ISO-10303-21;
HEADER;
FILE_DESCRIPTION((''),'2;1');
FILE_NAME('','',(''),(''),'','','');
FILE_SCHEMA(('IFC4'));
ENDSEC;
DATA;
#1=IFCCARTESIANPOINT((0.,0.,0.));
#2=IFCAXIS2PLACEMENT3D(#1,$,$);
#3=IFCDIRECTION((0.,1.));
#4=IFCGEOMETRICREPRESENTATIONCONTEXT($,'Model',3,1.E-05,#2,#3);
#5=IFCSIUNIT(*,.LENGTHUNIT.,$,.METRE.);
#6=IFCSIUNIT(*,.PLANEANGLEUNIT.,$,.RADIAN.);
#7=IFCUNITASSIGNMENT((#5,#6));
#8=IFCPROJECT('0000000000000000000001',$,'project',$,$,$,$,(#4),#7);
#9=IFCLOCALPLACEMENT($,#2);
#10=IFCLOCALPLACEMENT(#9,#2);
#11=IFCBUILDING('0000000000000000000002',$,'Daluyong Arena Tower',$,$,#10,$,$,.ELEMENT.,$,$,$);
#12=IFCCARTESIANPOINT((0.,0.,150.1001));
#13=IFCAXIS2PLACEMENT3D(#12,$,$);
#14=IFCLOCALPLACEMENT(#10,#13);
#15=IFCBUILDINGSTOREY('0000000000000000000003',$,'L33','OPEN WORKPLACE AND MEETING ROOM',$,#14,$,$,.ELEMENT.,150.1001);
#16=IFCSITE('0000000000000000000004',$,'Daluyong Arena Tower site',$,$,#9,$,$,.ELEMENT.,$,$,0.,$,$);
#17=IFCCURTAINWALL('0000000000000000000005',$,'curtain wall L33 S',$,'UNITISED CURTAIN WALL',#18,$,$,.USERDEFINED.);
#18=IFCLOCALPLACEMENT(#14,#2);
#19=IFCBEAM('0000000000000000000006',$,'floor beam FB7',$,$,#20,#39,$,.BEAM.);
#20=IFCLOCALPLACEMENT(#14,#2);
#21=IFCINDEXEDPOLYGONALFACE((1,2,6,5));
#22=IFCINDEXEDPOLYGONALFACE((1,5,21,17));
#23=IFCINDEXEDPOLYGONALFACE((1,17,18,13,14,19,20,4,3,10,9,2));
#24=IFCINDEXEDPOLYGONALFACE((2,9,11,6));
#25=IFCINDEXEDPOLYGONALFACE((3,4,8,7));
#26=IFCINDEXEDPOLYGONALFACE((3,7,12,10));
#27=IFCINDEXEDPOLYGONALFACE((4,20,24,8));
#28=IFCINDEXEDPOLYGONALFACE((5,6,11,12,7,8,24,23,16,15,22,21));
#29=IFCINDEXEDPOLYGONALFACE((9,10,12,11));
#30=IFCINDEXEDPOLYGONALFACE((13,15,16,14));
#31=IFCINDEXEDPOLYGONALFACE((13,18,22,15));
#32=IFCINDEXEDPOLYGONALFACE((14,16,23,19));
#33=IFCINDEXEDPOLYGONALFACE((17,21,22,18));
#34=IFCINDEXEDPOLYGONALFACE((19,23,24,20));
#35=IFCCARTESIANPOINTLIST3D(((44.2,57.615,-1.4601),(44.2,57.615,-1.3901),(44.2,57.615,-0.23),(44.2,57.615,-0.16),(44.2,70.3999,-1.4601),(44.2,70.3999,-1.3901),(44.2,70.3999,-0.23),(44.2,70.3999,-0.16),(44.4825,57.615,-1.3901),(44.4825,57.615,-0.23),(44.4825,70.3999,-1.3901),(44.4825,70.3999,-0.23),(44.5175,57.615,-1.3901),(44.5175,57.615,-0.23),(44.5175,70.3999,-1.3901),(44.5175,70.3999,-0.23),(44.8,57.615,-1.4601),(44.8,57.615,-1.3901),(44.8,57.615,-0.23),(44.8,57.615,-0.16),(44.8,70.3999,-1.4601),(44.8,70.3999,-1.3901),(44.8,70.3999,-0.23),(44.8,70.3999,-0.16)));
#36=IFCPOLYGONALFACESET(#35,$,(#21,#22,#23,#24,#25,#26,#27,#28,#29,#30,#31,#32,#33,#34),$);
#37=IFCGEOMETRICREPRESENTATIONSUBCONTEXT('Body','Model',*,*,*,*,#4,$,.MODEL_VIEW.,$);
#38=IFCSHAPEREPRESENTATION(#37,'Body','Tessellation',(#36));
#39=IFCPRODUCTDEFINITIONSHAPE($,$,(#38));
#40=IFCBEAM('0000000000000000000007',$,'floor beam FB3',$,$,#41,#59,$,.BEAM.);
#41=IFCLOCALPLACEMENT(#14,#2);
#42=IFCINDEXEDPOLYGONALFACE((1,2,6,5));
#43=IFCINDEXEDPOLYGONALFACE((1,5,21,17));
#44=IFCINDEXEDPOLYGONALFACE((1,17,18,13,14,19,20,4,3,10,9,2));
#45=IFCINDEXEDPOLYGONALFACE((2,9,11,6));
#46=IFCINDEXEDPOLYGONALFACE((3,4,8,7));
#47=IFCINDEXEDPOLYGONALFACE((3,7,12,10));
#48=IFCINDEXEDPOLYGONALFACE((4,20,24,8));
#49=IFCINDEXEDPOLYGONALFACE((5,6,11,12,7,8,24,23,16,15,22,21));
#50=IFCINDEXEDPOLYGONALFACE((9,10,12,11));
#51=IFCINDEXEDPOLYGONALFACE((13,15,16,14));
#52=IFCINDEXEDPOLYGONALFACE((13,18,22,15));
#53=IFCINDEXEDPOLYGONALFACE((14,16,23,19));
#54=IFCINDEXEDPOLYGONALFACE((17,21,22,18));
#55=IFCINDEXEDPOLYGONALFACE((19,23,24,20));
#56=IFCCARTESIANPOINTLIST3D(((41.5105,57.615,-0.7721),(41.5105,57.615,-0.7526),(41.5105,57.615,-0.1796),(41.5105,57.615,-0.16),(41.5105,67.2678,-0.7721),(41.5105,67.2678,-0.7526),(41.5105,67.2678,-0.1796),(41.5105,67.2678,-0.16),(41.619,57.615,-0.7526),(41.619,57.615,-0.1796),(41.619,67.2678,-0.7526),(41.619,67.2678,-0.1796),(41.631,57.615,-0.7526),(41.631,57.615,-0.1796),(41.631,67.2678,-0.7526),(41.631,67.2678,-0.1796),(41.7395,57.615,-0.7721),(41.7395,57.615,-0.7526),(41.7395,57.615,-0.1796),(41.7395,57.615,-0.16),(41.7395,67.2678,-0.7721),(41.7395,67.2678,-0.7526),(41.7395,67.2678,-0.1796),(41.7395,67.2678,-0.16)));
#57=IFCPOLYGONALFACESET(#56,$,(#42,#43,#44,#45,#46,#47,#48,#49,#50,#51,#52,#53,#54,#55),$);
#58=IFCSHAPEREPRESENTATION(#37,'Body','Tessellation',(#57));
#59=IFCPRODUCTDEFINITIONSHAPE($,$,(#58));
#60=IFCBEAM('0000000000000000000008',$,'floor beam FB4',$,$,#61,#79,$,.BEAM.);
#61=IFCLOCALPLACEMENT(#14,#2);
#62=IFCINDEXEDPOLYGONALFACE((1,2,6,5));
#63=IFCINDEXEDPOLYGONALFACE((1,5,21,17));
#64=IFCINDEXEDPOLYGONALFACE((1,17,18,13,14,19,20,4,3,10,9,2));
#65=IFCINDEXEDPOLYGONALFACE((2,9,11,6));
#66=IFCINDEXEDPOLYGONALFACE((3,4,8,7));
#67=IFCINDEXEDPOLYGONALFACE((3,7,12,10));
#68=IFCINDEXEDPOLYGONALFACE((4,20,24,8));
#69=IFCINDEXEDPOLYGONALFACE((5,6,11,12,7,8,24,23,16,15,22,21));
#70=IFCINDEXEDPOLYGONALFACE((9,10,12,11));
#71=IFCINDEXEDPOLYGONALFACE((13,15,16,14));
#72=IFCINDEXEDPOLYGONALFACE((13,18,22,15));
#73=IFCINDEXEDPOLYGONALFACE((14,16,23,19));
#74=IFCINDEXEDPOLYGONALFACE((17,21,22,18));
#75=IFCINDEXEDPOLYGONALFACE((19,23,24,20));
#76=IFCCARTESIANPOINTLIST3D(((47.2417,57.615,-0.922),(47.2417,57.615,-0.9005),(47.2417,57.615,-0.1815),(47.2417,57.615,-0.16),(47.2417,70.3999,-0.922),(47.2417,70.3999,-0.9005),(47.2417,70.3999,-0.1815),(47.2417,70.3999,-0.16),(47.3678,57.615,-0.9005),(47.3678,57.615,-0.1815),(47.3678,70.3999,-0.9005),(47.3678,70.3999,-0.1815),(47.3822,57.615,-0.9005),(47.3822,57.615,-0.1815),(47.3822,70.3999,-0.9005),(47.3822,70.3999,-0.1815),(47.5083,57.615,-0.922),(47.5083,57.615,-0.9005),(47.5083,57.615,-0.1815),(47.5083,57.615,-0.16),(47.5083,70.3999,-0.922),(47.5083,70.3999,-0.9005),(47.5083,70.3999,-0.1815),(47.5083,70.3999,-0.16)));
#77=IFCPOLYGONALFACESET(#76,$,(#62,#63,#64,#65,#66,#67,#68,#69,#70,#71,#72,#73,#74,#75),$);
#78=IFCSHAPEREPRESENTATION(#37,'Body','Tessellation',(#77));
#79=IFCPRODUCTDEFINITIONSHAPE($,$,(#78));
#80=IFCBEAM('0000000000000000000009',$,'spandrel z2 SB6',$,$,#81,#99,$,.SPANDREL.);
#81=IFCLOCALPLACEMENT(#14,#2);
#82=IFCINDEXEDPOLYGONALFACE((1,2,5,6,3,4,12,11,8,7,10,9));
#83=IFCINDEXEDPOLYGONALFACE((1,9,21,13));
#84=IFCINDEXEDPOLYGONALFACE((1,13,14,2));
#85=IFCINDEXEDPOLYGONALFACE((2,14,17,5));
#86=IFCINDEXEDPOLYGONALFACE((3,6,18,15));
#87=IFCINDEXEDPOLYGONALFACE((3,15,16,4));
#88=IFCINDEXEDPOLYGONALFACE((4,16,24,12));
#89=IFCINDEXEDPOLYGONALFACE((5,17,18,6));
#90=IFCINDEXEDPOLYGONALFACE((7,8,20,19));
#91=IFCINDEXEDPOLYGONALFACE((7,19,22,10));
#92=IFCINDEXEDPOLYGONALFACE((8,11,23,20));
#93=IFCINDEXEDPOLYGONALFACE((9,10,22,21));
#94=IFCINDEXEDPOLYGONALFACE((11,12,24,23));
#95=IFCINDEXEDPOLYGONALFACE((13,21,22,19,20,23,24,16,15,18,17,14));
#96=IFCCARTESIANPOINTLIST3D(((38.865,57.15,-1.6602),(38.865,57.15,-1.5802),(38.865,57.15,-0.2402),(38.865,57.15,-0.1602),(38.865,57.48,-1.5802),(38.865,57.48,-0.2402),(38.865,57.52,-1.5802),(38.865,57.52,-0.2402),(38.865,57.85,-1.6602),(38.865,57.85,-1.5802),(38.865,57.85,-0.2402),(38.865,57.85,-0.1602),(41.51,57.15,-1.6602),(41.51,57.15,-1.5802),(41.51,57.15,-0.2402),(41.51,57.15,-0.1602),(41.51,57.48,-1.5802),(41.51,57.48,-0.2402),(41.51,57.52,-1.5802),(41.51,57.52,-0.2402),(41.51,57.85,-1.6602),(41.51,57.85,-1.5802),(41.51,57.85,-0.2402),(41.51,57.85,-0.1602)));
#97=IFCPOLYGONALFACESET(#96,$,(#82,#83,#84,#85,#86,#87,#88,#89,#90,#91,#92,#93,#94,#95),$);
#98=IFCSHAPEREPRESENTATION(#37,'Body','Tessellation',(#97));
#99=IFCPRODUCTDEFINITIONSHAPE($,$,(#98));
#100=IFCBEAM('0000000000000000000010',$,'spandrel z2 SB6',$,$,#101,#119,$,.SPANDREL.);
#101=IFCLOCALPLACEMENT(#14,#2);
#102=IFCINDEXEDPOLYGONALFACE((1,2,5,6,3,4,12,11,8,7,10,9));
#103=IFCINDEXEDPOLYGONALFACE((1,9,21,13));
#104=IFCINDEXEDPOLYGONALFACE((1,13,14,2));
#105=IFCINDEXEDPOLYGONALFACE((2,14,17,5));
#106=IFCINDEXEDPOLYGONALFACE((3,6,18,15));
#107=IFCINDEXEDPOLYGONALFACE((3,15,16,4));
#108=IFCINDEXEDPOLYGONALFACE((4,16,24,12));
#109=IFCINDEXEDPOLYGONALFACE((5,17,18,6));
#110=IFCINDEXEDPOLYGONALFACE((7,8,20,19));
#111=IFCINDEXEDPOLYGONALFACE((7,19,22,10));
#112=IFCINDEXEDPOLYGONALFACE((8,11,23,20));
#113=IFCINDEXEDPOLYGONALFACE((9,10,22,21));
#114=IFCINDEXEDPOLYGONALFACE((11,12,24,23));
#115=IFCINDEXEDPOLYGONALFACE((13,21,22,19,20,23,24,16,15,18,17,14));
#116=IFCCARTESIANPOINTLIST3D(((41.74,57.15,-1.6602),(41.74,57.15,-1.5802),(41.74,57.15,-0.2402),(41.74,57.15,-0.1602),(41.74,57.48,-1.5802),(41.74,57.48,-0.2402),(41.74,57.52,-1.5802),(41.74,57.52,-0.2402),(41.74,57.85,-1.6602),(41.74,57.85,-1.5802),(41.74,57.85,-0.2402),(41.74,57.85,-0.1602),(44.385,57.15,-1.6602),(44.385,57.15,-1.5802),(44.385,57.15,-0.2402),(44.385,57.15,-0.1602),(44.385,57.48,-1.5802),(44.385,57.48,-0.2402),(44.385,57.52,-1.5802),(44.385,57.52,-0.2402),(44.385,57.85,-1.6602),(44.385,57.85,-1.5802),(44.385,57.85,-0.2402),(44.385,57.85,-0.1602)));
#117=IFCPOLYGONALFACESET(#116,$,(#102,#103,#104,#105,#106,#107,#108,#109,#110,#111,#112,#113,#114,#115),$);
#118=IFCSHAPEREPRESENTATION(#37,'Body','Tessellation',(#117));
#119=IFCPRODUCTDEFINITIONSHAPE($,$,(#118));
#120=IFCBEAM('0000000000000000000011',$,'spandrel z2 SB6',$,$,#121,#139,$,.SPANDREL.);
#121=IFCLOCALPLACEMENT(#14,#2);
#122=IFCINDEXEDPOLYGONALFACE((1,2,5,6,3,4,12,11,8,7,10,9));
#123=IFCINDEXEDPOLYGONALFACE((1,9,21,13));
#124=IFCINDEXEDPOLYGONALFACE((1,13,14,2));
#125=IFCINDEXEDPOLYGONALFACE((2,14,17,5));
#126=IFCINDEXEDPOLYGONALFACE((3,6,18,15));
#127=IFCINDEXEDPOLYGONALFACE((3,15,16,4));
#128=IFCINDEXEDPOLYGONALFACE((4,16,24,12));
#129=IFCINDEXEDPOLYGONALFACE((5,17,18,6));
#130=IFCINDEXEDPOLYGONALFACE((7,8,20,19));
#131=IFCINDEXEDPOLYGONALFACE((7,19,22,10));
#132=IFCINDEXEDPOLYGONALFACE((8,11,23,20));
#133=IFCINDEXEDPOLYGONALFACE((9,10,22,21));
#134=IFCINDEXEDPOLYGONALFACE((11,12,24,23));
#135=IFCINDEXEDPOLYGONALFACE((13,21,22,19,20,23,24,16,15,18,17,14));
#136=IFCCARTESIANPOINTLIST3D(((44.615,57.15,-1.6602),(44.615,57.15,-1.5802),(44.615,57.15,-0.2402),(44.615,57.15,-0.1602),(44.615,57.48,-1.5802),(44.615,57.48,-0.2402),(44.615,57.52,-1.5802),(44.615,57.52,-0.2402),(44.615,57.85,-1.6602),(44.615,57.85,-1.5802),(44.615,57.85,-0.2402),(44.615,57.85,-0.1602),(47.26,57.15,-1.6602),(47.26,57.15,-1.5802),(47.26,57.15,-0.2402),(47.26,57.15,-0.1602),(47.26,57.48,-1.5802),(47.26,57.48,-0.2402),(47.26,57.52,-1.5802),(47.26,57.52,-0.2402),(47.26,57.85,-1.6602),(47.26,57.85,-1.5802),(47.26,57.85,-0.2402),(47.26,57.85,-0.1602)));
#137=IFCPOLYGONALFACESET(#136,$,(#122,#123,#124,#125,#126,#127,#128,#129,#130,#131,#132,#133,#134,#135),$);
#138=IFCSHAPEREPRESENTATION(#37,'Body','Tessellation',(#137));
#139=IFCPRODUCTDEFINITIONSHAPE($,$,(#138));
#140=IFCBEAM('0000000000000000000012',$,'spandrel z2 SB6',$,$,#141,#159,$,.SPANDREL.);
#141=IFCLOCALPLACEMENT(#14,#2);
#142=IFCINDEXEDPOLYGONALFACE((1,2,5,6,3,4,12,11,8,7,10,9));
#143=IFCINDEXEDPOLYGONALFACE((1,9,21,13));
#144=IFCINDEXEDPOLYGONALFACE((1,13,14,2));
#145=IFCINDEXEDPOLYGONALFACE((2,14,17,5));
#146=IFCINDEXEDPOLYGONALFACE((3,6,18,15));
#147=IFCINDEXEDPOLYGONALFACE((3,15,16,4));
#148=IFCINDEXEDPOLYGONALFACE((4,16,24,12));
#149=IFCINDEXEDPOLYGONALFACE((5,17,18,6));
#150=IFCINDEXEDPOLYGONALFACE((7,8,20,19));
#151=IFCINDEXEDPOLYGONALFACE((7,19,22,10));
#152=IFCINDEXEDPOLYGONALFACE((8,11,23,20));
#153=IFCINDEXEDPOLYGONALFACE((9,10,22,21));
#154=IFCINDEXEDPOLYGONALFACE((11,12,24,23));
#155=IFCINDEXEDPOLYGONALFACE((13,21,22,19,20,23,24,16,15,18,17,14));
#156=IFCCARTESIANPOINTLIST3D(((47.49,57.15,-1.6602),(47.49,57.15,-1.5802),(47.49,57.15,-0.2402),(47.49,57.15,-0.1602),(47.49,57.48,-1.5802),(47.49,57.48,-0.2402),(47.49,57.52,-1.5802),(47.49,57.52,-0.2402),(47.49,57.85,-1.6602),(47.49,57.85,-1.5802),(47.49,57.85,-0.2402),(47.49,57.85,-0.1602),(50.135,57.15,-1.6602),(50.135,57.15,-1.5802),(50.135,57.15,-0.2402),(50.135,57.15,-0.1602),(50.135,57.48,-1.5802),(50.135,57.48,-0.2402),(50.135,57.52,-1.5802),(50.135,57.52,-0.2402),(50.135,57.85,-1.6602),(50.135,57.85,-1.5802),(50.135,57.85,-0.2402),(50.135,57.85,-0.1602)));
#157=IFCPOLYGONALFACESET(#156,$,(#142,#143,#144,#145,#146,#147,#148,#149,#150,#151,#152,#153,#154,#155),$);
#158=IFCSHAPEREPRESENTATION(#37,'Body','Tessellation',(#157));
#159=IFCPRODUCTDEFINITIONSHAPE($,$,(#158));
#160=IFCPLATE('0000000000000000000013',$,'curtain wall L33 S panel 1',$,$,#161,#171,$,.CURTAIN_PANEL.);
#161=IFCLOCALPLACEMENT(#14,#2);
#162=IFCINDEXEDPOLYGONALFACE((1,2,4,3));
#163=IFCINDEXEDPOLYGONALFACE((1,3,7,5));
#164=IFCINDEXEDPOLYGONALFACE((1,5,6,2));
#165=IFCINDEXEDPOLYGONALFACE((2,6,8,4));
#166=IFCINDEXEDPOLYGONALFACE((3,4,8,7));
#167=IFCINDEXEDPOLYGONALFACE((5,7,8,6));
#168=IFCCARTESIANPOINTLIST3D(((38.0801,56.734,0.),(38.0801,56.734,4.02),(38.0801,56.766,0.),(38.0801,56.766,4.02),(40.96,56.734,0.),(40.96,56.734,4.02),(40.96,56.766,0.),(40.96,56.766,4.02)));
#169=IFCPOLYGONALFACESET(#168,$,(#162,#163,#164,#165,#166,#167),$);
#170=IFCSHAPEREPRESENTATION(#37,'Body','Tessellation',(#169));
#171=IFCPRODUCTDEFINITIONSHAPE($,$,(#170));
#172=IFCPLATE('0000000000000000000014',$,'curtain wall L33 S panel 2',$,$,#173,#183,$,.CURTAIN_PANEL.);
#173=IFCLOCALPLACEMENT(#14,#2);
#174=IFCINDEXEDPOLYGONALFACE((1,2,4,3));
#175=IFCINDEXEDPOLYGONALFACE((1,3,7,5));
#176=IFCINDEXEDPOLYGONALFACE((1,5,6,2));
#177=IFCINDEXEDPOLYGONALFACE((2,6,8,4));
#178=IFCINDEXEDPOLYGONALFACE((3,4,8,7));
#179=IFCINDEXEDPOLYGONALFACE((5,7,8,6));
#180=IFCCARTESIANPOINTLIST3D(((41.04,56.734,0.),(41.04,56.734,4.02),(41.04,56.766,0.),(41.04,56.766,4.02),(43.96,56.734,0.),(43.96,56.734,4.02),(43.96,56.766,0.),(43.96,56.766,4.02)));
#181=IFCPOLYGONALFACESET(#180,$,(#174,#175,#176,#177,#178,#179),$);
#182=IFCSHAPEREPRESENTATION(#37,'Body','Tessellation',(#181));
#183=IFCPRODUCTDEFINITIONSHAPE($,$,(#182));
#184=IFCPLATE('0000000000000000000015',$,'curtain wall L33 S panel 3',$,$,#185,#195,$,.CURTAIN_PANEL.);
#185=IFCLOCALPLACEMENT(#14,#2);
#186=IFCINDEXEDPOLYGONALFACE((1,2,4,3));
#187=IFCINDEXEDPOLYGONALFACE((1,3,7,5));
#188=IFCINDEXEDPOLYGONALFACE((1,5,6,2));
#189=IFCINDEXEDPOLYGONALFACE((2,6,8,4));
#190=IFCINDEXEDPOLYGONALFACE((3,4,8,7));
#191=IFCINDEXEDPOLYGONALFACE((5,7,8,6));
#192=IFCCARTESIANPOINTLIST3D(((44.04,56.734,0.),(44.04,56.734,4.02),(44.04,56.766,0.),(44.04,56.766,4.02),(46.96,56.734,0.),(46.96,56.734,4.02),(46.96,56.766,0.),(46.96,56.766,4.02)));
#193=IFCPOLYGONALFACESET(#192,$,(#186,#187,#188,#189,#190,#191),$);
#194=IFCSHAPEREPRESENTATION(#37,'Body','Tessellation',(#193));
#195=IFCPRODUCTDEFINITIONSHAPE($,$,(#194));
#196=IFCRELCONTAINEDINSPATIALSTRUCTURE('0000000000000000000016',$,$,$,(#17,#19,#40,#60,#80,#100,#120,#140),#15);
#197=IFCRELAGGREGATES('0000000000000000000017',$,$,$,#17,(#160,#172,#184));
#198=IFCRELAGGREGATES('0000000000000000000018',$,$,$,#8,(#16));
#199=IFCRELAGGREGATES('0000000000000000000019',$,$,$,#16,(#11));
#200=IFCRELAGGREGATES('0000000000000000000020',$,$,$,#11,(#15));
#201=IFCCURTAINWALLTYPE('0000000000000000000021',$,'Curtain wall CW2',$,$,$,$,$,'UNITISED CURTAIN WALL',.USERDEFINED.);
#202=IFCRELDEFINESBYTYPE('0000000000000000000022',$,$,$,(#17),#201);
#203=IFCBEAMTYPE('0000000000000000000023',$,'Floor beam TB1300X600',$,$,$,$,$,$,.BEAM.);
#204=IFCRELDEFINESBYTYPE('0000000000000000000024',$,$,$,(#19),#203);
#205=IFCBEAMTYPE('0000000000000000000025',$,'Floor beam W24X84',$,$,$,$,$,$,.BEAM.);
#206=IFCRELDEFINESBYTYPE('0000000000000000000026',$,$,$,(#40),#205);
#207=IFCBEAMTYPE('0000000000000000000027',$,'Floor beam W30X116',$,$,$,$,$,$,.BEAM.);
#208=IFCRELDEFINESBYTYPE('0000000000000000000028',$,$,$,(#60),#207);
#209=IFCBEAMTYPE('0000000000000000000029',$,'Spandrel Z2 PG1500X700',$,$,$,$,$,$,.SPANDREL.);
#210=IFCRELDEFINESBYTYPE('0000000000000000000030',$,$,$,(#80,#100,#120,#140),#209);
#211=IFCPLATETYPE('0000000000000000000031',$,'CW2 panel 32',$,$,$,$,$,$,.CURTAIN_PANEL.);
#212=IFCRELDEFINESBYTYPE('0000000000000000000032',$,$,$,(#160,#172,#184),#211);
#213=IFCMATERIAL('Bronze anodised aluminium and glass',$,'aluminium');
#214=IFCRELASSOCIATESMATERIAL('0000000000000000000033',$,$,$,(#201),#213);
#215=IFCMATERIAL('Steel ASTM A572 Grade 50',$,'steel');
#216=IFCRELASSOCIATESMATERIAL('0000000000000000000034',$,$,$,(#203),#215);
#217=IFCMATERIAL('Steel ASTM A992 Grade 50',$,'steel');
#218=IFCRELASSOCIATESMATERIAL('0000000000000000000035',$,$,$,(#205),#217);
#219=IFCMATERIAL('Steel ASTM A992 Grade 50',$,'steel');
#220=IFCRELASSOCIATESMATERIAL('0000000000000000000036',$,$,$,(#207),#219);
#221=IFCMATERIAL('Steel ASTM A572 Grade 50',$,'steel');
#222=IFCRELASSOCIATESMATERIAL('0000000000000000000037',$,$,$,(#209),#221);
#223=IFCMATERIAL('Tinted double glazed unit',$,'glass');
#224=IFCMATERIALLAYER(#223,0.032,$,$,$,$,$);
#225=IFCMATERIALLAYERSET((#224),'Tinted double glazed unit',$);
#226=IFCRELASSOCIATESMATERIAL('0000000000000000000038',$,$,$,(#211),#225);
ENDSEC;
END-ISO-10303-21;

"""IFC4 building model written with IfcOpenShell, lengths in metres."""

from ifc_helpers import new_model, si_unit, direction, frame, origin, origin_2d, place, context, subcontext, project, spatial, rectangle, i_section, extrude, material, layer, layer_set, material_profile, profile_set, type_object, element, aggregate, save


model = new_model("IFC4")

# Units and contexts
model_context = context("Model", 3, precision=1e-05, world=origin(), true_north=direction((0.0, 1.0)))
body_context = subcontext(model_context, "Body", "Model", "MODEL_VIEW")
ifc_project = project(units=[si_unit("LENGTHUNIT", "METRE"), si_unit("PLANEANGLEUNIT", "RADIAN")], contexts=[model_context])

# Site, building, storey
site_placement = place(None, origin())
site = spatial("IfcSite", under=ifc_project, at=site_placement, Name="Daluyong Arena Tower site", CompositionType="ELEMENT", RefElevation=0.0)
building_placement = place(site_placement, origin())
building = spatial("IfcBuilding", under=site, at=building_placement, Name="Daluyong Arena Tower", CompositionType="ELEMENT")
storey_placement = place(building_placement, frame((0.0, 0.0, 150.1001)))
storey = spatial("IfcBuildingStorey", under=building, at=storey_placement, Name="L33", Description="OPEN WORKPLACE AND MEETING ROOM", CompositionType="ELEMENT", Elevation=150.1001)

# Curtain wall
ifc_material_1 = material(Name="Bronze anodised aluminium and glass", Category="aluminium")
curtain_wall_type_1 = type_object("IfcCurtainWallType", Name="Curtain wall CW2", ElementType="UNITISED CURTAIN WALL", PredefinedType="USERDEFINED", material=ifc_material_1)
curtain_wall_1_placement = place(storey_placement, origin())
curtain_wall_1 = element("IfcCurtainWall", 1, at=curtain_wall_1_placement, inside=storey, type_object=curtain_wall_type_1, Name="curtain wall L33 S", ObjectType="UNITISED CURTAIN WALL", PredefinedType="USERDEFINED")

# Beams
ifc_material_2 = material(Name="Steel ASTM A572 Grade 50", Category="steel")
ifc_material_profile_1 = material_profile(ifc_material_2, i_section(OverallWidth=0.6001, OverallDepth=1.3, WebThickness=0.035, FlangeThickness=0.07, at=origin_2d()))
ifc_profile_set_1 = profile_set([ifc_material_profile_1], Name="Steel ASTM A572 Grade 50")
beam_type_1 = type_object("IfcBeamType", Name="Floor beam TB1300X600", PredefinedType="BEAM", material=ifc_profile_set_1)
beam_1_placement = place(storey_placement, frame((44.5, 57.615, -0.8101), z_axis=(0.0, 1.0, 0.0), x_axis=(-1.0, 0.0, 0.0)))
element("IfcBeam", 2, at=beam_1_placement, inside=storey, type_object=beam_type_1, Name="floor beam FB7", PredefinedType="BEAM", context=body_context, shape_type="SweptSolid", body=[
    extrude(i_section(OverallWidth=0.6001, OverallDepth=1.3, WebThickness=0.035, FlangeThickness=0.07, at=origin_2d()), origin(), (0.0, 0.0, 1.0), 12.7849),
])
ifc_material_3 = material(Name="Steel ASTM A992 Grade 50", Category="steel")
ifc_material_profile_2 = material_profile(ifc_material_3, i_section(OverallWidth=0.229, OverallDepth=0.6121, WebThickness=0.012, FlangeThickness=0.0195, at=origin_2d()))
ifc_profile_set_2 = profile_set([ifc_material_profile_2], Name="Steel ASTM A992 Grade 50")
beam_type_2 = type_object("IfcBeamType", Name="Floor beam W24X84", PredefinedType="BEAM", material=ifc_profile_set_2)
beam_2_placement = place(storey_placement, frame((41.625, 57.615, -0.4661), z_axis=(0.0, 1.0, 0.0), x_axis=(-1.0, 0.0, 0.0)))
element("IfcBeam", 3, at=beam_2_placement, inside=storey, type_object=beam_type_2, Name="floor beam FB3", PredefinedType="BEAM", context=body_context, shape_type="SweptSolid", body=[
    extrude(i_section(OverallWidth=0.229, OverallDepth=0.6121, WebThickness=0.012, FlangeThickness=0.0195, at=origin_2d()), origin(), (0.0, 0.0, 1.0), 9.6528),
])
ifc_material_4 = material(Name="Steel ASTM A992 Grade 50", Category="steel")
ifc_material_profile_3 = material_profile(ifc_material_4, i_section(OverallWidth=0.2666, OverallDepth=0.762, WebThickness=0.0144, FlangeThickness=0.0215, at=origin_2d()))
ifc_profile_set_3 = profile_set([ifc_material_profile_3], Name="Steel ASTM A992 Grade 50")
beam_type_3 = type_object("IfcBeamType", Name="Floor beam W30X116", PredefinedType="BEAM", material=ifc_profile_set_3)
beam_3_placement = place(storey_placement, frame((47.375, 57.615, -0.541), z_axis=(0.0, 1.0, 0.0), x_axis=(-1.0, 0.0, 0.0)))
element("IfcBeam", 4, at=beam_3_placement, inside=storey, type_object=beam_type_3, Name="floor beam FB4", PredefinedType="BEAM", context=body_context, shape_type="SweptSolid", body=[
    extrude(i_section(OverallWidth=0.2666, OverallDepth=0.762, WebThickness=0.0144, FlangeThickness=0.0215, at=origin_2d()), origin(), (0.0, 0.0, 1.0), 12.7849),
])
ifc_material_5 = material(Name="Steel ASTM A572 Grade 50", Category="steel")
ifc_material_profile_4 = material_profile(ifc_material_5, i_section(OverallWidth=0.7, OverallDepth=1.5, WebThickness=0.04, FlangeThickness=0.08, at=origin_2d()))
ifc_profile_set_4 = profile_set([ifc_material_profile_4], Name="Steel ASTM A572 Grade 50")
beam_type_4 = type_object("IfcBeamType", Name="Spandrel Z2 PG1500X700", PredefinedType="SPANDREL", material=ifc_profile_set_4)
for number, where, z_axis, x_axis, name in (
    (5, (38.865, 57.5, -0.9102), (1.0, 0.0, 0.0), (0.0, 1.0, 0.0), "spandrel z2 SB6"),
    (6, (41.74, 57.5, -0.9102), (1.0, 0.0, 0.0), (0.0, 1.0, 0.0), "spandrel z2 SB6"),
    (7, (44.615, 57.5, -0.9102), (1.0, 0.0, 0.0), (0.0, 1.0, 0.0), "spandrel z2 SB6"),
    (8, (47.49, 57.5, -0.9102), (1.0, 0.0, 0.0), (0.0, 1.0, 0.0), "spandrel z2 SB6"),
):
    element("IfcBeam", number, at=place(storey_placement, frame(where, z_axis=z_axis, x_axis=x_axis)), inside=storey, type_object=beam_type_4, Name=name, PredefinedType="SPANDREL", context=body_context, shape_type="SweptSolid", body=[
        extrude(i_section(OverallWidth=0.7, OverallDepth=1.5, WebThickness=0.04, FlangeThickness=0.08, at=origin_2d()), origin(), (0.0, 0.0, 1.0), 2.645),
    ])

# Plates
ifc_material_6 = material(Name="Tinted double glazed unit", Category="glass")
ifc_layer_1 = layer(ifc_material_6, 0.032)
ifc_layer_set_1 = layer_set([ifc_layer_1], Name="Tinted double glazed unit")
plate_type_1 = type_object("IfcPlateType", Name="CW2 panel 32", PredefinedType="CURTAIN_PANEL", material=ifc_layer_set_1)
plate_1_placement = place(storey_placement, frame((39.52, 56.75, 0.0), z_axis=(0.0, 0.0, 1.0), x_axis=(1.0, 0.0, 0.0)))
plate_1 = element("IfcPlate", 9, at=plate_1_placement, type_object=plate_type_1, Name="curtain wall L33 S panel 1", PredefinedType="CURTAIN_PANEL", context=body_context, shape_type="SweptSolid", body=[
    extrude(rectangle(XDim=2.8799, YDim=0.032, at=origin_2d()), origin(), (0.0, 0.0, 1.0), 4.02),
])
plate_2_placement = place(storey_placement, frame((42.5, 56.75, 0.0), z_axis=(0.0, 0.0, 1.0), x_axis=(1.0, 0.0, 0.0)))
plate_2 = element("IfcPlate", 10, at=plate_2_placement, type_object=plate_type_1, Name="curtain wall L33 S panel 2", PredefinedType="CURTAIN_PANEL", context=body_context, shape_type="SweptSolid", body=[
    extrude(rectangle(XDim=2.9199, YDim=0.032, at=origin_2d()), origin(), (0.0, 0.0, 1.0), 4.02),
])
plate_3_placement = place(storey_placement, frame((45.5, 56.75, 0.0), z_axis=(0.0, 0.0, 1.0), x_axis=(1.0, 0.0, 0.0)))
plate_3 = element("IfcPlate", 11, at=plate_3_placement, type_object=plate_type_1, Name="curtain wall L33 S panel 3", PredefinedType="CURTAIN_PANEL", context=body_context, shape_type="SweptSolid", body=[
    extrude(rectangle(XDim=2.9199, YDim=0.032, at=origin_2d()), origin(), (0.0, 0.0, 1.0), 4.02),
])
aggregate(curtain_wall_1, [plate_1, plate_2, plate_3])

save(model, "model.ifc")
